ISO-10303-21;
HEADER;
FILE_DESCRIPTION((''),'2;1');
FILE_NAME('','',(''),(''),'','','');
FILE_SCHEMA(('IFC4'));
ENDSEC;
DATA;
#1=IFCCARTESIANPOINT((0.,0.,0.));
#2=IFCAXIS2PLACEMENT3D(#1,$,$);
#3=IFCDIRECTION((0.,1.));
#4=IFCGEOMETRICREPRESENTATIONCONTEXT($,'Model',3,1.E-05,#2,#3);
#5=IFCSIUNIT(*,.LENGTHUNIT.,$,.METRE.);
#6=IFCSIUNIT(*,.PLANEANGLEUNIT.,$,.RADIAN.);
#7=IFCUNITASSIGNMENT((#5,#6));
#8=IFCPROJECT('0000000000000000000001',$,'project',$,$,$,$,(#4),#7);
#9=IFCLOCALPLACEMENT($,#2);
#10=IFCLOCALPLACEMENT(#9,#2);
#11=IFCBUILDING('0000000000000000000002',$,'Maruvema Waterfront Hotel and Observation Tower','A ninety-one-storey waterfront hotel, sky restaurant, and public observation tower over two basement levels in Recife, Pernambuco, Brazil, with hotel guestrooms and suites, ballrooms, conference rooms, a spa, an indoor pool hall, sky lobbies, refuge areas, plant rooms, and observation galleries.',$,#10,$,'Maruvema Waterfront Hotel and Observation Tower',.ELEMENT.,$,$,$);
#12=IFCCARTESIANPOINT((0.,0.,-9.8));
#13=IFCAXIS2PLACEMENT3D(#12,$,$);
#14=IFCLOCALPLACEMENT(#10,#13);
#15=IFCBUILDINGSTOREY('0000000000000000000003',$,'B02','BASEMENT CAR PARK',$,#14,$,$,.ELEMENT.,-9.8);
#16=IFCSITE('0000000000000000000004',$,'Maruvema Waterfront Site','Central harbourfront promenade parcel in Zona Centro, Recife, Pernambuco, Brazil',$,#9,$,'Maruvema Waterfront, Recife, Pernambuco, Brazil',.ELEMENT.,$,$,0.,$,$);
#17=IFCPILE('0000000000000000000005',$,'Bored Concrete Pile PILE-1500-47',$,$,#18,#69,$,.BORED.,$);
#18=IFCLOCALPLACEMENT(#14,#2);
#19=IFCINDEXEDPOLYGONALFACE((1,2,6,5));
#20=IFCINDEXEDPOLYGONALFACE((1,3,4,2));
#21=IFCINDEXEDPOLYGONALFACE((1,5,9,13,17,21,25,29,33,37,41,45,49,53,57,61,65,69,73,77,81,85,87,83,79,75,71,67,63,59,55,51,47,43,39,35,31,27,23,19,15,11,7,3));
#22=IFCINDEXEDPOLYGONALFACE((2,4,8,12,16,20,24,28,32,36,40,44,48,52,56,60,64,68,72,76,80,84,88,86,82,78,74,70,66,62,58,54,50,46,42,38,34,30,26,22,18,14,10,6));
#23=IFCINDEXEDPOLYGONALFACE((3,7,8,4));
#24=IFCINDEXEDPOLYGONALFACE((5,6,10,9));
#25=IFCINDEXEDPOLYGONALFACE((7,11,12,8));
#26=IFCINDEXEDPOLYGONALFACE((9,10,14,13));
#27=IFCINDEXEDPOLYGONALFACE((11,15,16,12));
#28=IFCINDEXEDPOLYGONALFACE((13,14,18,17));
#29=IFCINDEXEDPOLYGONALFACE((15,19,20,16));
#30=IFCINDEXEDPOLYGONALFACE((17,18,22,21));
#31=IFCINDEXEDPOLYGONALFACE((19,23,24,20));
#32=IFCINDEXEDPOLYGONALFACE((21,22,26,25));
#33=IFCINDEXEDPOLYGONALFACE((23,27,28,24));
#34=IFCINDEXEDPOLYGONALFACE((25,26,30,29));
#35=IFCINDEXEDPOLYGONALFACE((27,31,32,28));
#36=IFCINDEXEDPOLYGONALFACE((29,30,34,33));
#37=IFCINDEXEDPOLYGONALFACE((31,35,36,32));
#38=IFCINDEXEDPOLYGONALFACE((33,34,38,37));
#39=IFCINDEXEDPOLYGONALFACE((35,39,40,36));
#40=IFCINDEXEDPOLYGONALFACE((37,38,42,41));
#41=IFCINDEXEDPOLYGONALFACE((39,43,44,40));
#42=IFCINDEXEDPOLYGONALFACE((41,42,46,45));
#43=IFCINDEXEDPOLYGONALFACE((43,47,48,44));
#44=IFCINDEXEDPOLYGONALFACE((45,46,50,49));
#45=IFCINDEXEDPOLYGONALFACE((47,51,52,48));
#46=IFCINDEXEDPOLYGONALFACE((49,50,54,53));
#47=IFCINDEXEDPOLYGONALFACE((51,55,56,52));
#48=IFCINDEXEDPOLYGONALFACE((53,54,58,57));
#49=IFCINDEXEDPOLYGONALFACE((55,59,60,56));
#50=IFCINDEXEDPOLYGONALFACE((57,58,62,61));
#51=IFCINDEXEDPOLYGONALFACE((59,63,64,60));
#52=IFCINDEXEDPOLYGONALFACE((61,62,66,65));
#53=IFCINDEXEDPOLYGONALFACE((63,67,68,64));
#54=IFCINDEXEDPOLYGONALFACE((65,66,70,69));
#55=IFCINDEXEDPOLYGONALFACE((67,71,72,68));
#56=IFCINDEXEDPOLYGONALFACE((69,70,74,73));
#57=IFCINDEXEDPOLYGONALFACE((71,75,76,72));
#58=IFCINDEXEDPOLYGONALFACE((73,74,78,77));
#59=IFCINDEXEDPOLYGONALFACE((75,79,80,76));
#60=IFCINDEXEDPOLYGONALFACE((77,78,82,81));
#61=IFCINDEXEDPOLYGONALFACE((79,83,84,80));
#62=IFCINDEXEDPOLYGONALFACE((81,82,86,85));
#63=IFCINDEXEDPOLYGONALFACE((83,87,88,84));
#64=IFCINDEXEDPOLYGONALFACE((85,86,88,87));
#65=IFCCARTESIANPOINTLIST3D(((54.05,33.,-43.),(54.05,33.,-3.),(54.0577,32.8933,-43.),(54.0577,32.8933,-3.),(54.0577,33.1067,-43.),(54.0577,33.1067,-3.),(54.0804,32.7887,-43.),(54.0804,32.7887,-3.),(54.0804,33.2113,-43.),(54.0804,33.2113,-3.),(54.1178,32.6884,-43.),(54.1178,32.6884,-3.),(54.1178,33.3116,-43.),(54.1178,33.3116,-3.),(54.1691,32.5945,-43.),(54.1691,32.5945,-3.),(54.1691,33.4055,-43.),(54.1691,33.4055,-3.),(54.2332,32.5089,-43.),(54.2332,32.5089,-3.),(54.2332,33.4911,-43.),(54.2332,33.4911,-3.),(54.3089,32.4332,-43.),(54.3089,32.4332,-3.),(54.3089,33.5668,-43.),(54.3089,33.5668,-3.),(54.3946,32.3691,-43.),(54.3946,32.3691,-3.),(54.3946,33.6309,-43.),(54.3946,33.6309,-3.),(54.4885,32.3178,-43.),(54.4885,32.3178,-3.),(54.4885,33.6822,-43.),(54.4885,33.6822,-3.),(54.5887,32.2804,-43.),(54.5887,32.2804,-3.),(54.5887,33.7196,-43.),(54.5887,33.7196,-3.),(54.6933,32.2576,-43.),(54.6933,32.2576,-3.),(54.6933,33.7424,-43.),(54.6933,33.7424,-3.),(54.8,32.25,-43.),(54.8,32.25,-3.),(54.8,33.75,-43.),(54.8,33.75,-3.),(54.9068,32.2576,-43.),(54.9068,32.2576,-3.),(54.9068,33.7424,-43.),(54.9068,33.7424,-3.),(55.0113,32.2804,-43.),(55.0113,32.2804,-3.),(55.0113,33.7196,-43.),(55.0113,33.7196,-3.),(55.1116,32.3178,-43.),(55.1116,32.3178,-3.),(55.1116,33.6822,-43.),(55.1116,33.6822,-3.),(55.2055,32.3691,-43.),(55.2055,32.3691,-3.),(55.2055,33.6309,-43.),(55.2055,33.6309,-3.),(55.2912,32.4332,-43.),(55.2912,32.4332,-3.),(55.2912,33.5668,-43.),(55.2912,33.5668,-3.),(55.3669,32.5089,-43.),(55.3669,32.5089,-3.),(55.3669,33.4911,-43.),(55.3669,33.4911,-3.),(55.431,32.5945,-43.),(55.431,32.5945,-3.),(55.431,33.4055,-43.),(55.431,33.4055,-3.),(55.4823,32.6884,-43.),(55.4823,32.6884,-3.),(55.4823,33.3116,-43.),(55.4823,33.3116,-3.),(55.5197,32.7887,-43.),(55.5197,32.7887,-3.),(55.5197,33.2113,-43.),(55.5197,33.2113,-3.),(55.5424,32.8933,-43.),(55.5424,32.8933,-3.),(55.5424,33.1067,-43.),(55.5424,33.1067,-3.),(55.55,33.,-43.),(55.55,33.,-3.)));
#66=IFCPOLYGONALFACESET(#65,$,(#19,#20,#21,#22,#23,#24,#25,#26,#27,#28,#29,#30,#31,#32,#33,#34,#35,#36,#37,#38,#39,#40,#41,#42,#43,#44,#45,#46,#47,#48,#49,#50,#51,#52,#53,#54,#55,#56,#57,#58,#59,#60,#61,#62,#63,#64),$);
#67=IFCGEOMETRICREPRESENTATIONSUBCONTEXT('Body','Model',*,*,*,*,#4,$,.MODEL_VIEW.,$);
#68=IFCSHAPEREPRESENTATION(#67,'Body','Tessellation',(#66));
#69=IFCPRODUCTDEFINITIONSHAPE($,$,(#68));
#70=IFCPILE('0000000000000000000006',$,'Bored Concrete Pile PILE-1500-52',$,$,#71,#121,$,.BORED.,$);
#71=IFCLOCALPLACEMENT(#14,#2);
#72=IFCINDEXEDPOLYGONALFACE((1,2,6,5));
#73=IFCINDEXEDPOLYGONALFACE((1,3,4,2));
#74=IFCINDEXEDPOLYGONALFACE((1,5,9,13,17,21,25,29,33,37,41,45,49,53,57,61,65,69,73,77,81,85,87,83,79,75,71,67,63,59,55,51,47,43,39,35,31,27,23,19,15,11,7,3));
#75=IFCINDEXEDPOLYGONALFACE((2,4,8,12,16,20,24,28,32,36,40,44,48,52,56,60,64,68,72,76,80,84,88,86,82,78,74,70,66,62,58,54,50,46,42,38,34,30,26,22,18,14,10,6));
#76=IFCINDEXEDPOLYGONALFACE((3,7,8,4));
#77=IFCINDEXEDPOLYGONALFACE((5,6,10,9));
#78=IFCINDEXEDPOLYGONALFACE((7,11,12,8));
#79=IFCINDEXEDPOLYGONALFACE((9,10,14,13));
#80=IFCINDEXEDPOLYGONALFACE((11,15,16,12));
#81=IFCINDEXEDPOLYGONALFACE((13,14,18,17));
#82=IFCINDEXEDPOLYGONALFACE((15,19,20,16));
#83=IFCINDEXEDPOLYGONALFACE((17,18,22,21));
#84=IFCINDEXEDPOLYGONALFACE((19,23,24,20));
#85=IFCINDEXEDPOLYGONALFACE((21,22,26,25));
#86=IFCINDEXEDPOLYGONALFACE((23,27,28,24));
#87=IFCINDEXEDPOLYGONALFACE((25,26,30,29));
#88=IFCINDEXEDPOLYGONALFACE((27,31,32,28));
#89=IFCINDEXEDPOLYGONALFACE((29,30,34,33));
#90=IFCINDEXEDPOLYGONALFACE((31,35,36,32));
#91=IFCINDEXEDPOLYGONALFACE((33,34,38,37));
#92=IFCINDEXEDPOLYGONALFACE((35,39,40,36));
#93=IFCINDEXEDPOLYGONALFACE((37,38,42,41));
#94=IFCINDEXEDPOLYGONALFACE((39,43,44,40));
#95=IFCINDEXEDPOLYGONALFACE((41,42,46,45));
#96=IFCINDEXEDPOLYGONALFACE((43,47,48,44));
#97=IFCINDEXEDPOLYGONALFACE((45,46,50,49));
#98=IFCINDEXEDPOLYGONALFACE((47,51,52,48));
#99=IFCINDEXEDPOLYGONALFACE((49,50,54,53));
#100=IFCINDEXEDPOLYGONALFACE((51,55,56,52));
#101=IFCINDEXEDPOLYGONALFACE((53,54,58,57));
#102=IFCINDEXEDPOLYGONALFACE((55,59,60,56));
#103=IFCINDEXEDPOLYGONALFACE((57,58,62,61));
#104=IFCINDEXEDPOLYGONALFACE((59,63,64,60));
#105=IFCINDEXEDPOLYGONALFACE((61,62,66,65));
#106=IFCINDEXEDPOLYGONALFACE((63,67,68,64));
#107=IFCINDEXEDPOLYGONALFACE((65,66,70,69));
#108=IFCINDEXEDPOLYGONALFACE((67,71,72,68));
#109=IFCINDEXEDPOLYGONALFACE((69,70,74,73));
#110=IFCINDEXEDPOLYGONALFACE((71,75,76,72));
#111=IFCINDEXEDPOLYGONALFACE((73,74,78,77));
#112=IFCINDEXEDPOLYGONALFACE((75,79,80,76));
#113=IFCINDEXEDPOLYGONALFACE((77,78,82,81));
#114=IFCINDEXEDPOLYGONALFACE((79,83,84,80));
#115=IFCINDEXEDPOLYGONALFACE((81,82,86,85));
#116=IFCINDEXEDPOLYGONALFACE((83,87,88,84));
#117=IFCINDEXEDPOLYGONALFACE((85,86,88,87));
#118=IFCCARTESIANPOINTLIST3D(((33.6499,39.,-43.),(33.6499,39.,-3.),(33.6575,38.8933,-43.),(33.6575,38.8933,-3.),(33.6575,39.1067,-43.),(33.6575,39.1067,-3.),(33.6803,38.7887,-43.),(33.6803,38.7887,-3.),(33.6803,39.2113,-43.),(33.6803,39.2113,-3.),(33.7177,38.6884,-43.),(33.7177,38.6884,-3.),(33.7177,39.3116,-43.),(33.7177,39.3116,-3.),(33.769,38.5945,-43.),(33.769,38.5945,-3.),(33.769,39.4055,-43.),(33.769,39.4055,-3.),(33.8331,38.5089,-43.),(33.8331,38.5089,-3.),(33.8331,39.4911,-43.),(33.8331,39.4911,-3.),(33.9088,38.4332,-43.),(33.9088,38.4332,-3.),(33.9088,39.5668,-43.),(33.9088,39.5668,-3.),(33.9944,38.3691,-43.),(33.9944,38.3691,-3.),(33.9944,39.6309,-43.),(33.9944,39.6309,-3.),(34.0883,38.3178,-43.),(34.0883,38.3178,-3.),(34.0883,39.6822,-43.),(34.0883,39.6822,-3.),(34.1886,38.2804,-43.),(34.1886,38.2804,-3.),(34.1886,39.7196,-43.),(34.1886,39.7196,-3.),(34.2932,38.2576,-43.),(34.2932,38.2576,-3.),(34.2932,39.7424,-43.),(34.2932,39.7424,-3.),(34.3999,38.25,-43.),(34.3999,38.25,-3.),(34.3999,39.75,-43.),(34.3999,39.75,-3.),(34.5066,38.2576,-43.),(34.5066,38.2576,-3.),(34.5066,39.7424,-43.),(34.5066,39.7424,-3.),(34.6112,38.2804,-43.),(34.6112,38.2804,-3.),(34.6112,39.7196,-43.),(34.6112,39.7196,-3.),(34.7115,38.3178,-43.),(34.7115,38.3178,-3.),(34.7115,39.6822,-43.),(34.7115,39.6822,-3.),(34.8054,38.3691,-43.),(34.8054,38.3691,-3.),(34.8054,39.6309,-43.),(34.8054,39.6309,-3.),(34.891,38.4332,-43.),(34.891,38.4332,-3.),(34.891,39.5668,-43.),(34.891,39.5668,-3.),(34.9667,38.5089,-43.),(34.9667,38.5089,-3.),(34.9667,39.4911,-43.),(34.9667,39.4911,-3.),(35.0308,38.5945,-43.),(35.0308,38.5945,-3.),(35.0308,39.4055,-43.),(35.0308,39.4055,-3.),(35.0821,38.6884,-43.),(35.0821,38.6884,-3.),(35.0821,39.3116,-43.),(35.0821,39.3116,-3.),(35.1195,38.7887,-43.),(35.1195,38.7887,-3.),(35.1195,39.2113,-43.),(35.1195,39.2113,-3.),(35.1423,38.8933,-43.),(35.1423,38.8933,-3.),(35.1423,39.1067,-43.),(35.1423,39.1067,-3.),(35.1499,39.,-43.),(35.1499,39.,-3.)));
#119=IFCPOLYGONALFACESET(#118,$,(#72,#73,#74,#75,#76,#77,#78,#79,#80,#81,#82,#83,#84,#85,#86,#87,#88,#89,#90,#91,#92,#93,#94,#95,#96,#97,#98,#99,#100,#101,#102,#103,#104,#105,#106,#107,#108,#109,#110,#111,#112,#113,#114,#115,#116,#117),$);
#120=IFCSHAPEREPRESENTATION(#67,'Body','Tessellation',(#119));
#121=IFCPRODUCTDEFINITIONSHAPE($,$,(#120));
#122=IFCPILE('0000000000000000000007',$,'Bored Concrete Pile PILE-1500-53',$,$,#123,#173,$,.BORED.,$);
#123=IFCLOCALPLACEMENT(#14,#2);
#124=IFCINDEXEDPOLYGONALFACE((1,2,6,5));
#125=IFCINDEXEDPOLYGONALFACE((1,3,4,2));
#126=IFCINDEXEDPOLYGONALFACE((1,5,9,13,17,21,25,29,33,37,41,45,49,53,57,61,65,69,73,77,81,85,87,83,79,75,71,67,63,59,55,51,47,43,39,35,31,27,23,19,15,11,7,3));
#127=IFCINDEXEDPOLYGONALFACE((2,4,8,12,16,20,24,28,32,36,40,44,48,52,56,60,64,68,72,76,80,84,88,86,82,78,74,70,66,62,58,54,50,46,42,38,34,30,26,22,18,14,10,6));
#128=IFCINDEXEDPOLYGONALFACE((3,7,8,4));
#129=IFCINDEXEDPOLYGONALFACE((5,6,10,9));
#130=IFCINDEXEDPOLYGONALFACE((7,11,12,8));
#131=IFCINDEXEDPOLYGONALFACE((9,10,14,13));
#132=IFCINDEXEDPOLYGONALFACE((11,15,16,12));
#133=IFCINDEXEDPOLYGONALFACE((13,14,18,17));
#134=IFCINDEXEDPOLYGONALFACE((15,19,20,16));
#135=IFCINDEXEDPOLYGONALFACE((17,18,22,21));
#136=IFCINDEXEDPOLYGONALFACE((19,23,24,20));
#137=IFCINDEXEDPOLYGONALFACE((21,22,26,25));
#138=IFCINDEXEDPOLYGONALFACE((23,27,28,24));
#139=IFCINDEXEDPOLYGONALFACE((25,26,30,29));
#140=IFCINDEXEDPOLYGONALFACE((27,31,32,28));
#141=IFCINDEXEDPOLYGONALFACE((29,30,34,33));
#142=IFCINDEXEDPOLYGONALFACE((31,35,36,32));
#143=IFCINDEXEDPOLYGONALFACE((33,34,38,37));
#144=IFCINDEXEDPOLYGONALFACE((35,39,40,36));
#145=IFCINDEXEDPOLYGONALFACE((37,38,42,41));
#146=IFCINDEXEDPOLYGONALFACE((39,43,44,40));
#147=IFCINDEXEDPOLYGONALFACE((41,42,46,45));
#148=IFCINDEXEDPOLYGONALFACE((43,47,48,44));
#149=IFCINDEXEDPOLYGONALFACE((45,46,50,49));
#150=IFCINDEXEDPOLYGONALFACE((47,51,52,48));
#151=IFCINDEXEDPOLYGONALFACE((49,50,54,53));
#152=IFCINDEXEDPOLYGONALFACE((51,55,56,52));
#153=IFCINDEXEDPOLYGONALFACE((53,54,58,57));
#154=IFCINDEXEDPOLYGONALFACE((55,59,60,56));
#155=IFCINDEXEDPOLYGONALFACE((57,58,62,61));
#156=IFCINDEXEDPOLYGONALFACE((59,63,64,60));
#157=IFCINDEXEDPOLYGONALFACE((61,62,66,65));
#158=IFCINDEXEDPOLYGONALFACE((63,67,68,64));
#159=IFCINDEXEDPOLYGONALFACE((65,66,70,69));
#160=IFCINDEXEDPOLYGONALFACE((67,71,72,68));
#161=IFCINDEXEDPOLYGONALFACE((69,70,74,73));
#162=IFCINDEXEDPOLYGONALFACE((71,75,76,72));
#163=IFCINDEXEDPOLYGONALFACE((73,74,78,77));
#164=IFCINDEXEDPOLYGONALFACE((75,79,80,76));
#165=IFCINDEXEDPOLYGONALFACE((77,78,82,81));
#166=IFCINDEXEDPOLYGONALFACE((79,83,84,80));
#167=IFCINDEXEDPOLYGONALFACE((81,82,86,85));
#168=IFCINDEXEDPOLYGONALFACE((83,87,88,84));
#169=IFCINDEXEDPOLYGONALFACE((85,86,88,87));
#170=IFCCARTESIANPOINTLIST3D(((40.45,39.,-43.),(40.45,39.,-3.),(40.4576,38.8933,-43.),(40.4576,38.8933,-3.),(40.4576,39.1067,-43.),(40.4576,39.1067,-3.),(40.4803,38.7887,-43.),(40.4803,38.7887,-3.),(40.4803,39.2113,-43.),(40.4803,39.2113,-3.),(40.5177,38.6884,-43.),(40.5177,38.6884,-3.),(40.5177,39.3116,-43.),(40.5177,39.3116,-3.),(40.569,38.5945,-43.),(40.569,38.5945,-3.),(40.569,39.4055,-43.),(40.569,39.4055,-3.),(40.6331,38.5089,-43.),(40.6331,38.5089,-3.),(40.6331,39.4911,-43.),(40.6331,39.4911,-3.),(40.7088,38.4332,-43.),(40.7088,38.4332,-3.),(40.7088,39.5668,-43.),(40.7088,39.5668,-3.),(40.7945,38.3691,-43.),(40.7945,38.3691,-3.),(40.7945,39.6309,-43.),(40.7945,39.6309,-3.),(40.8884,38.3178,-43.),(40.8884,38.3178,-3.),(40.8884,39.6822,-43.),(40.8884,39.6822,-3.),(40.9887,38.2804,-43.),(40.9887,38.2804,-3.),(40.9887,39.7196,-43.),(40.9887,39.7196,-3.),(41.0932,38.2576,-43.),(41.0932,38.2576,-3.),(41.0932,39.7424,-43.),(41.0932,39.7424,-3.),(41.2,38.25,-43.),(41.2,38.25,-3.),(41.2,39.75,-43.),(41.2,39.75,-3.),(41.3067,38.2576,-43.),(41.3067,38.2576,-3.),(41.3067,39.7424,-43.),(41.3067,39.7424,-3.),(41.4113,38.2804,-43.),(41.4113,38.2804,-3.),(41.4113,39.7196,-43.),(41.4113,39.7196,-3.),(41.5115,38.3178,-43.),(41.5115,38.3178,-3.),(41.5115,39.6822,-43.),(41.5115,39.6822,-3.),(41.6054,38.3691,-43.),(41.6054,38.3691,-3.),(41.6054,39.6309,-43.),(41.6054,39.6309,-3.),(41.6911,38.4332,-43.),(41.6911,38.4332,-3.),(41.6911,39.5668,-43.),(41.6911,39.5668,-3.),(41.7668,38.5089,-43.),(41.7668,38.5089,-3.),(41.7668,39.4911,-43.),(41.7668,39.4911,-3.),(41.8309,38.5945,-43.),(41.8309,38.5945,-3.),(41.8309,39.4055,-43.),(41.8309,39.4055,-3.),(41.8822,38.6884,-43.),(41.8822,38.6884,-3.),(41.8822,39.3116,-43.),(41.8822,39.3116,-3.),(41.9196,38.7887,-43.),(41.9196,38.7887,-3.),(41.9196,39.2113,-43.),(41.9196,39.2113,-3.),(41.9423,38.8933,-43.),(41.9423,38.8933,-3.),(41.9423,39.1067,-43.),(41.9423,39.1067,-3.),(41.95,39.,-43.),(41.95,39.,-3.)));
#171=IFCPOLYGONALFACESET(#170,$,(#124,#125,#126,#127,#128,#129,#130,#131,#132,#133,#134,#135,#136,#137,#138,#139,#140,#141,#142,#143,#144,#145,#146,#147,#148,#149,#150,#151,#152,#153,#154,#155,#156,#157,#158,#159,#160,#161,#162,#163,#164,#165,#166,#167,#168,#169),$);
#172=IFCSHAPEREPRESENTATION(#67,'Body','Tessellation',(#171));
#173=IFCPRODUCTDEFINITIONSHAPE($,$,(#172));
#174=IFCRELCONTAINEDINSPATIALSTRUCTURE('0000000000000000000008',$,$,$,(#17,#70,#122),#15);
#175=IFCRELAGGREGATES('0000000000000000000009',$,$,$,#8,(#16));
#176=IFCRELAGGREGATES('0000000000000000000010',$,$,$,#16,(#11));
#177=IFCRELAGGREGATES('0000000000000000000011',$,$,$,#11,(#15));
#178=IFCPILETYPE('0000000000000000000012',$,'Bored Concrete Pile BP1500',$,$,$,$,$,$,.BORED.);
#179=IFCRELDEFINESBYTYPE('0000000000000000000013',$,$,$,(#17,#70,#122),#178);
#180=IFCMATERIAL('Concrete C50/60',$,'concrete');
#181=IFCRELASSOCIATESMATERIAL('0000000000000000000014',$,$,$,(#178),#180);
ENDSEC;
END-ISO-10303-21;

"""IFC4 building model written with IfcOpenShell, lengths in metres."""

from ifc_helpers import new_model, si_unit, direction, frame, origin, origin_2d, place, context, subcontext, project, spatial, circle, extrude, material, material_profile, profile_set, type_object, element, save


model = new_model("IFC4")

# Units and contexts
model_context = context("Model", 3, precision=1e-05, world=origin(), true_north=direction((0.0, 1.0)))
body_context = subcontext(model_context, "Body", "Model", "MODEL_VIEW")
ifc_project = project(units=[si_unit("LENGTHUNIT", "METRE"), si_unit("PLANEANGLEUNIT", "RADIAN")], contexts=[model_context])

# Site, building, storey
site_placement = place(None, origin())
site = spatial("IfcSite", under=ifc_project, at=site_placement, Name="Maruvema Waterfront Site", Description="Central harbourfront promenade parcel in Zona Centro, Recife, Pernambuco, Brazil", LongName="Maruvema Waterfront, Recife, Pernambuco, Brazil", CompositionType="ELEMENT", RefElevation=0.0)
building_placement = place(site_placement, origin())
building = spatial("IfcBuilding", under=site, at=building_placement, Name="Maruvema Waterfront Hotel and Observation Tower", Description="A ninety-one-storey waterfront hotel, sky restaurant, and public observation tower over two basement levels in Recife, Pernambuco, Brazil, with hotel guestrooms and suites, ballrooms, conference rooms, a spa, an indoor pool hall, sky lobbies, refuge areas, plant rooms, and observation galleries.", LongName="Maruvema Waterfront Hotel and Observation Tower", CompositionType="ELEMENT")
storey_placement = place(building_placement, frame((0.0, 0.0, -9.8)))
storey = spatial("IfcBuildingStorey", under=building, at=storey_placement, Name="B02", Description="BASEMENT CAR PARK", CompositionType="ELEMENT", Elevation=-9.8)

# Piles
ifc_material_1 = material(Name="Concrete C50/60", Category="concrete")
ifc_material_profile_1 = material_profile(ifc_material_1, circle(Radius=0.75, at=origin_2d()), Name="BP1500")
ifc_profile_set_1 = profile_set([ifc_material_profile_1], Name="Concrete C50/60")
pile_type = type_object("IfcPileType", Name="Bored Concrete Pile BP1500", PredefinedType="BORED", material=ifc_profile_set_1)
for number, where, z_axis, x_axis, name in (
    (1, (54.8, 33.0, -3.0), (0.0, 0.0, -1.0), (1.0, 0.0, 0.0), "Bored Concrete Pile PILE-1500-47"),
    (2, (34.3999, 39.0, -3.0), (0.0, 0.0, -1.0), (1.0, 0.0, 0.0), "Bored Concrete Pile PILE-1500-52"),
    (3, (41.2, 39.0, -3.0), (0.0, 0.0, -1.0), (1.0, 0.0, 0.0), "Bored Concrete Pile PILE-1500-53"),
):
    element("IfcPile", number, at=place(storey_placement, frame(where, z_axis=z_axis, x_axis=x_axis)), inside=storey, type_object=pile_type, Name=name, PredefinedType="BORED", context=body_context, shape_type="SweptSolid", body=[
        extrude(circle(Radius=0.75, at=origin_2d()), origin(), (0.0, 0.0, 1.0), 40.0),
    ])

save(model, "model.ifc")
